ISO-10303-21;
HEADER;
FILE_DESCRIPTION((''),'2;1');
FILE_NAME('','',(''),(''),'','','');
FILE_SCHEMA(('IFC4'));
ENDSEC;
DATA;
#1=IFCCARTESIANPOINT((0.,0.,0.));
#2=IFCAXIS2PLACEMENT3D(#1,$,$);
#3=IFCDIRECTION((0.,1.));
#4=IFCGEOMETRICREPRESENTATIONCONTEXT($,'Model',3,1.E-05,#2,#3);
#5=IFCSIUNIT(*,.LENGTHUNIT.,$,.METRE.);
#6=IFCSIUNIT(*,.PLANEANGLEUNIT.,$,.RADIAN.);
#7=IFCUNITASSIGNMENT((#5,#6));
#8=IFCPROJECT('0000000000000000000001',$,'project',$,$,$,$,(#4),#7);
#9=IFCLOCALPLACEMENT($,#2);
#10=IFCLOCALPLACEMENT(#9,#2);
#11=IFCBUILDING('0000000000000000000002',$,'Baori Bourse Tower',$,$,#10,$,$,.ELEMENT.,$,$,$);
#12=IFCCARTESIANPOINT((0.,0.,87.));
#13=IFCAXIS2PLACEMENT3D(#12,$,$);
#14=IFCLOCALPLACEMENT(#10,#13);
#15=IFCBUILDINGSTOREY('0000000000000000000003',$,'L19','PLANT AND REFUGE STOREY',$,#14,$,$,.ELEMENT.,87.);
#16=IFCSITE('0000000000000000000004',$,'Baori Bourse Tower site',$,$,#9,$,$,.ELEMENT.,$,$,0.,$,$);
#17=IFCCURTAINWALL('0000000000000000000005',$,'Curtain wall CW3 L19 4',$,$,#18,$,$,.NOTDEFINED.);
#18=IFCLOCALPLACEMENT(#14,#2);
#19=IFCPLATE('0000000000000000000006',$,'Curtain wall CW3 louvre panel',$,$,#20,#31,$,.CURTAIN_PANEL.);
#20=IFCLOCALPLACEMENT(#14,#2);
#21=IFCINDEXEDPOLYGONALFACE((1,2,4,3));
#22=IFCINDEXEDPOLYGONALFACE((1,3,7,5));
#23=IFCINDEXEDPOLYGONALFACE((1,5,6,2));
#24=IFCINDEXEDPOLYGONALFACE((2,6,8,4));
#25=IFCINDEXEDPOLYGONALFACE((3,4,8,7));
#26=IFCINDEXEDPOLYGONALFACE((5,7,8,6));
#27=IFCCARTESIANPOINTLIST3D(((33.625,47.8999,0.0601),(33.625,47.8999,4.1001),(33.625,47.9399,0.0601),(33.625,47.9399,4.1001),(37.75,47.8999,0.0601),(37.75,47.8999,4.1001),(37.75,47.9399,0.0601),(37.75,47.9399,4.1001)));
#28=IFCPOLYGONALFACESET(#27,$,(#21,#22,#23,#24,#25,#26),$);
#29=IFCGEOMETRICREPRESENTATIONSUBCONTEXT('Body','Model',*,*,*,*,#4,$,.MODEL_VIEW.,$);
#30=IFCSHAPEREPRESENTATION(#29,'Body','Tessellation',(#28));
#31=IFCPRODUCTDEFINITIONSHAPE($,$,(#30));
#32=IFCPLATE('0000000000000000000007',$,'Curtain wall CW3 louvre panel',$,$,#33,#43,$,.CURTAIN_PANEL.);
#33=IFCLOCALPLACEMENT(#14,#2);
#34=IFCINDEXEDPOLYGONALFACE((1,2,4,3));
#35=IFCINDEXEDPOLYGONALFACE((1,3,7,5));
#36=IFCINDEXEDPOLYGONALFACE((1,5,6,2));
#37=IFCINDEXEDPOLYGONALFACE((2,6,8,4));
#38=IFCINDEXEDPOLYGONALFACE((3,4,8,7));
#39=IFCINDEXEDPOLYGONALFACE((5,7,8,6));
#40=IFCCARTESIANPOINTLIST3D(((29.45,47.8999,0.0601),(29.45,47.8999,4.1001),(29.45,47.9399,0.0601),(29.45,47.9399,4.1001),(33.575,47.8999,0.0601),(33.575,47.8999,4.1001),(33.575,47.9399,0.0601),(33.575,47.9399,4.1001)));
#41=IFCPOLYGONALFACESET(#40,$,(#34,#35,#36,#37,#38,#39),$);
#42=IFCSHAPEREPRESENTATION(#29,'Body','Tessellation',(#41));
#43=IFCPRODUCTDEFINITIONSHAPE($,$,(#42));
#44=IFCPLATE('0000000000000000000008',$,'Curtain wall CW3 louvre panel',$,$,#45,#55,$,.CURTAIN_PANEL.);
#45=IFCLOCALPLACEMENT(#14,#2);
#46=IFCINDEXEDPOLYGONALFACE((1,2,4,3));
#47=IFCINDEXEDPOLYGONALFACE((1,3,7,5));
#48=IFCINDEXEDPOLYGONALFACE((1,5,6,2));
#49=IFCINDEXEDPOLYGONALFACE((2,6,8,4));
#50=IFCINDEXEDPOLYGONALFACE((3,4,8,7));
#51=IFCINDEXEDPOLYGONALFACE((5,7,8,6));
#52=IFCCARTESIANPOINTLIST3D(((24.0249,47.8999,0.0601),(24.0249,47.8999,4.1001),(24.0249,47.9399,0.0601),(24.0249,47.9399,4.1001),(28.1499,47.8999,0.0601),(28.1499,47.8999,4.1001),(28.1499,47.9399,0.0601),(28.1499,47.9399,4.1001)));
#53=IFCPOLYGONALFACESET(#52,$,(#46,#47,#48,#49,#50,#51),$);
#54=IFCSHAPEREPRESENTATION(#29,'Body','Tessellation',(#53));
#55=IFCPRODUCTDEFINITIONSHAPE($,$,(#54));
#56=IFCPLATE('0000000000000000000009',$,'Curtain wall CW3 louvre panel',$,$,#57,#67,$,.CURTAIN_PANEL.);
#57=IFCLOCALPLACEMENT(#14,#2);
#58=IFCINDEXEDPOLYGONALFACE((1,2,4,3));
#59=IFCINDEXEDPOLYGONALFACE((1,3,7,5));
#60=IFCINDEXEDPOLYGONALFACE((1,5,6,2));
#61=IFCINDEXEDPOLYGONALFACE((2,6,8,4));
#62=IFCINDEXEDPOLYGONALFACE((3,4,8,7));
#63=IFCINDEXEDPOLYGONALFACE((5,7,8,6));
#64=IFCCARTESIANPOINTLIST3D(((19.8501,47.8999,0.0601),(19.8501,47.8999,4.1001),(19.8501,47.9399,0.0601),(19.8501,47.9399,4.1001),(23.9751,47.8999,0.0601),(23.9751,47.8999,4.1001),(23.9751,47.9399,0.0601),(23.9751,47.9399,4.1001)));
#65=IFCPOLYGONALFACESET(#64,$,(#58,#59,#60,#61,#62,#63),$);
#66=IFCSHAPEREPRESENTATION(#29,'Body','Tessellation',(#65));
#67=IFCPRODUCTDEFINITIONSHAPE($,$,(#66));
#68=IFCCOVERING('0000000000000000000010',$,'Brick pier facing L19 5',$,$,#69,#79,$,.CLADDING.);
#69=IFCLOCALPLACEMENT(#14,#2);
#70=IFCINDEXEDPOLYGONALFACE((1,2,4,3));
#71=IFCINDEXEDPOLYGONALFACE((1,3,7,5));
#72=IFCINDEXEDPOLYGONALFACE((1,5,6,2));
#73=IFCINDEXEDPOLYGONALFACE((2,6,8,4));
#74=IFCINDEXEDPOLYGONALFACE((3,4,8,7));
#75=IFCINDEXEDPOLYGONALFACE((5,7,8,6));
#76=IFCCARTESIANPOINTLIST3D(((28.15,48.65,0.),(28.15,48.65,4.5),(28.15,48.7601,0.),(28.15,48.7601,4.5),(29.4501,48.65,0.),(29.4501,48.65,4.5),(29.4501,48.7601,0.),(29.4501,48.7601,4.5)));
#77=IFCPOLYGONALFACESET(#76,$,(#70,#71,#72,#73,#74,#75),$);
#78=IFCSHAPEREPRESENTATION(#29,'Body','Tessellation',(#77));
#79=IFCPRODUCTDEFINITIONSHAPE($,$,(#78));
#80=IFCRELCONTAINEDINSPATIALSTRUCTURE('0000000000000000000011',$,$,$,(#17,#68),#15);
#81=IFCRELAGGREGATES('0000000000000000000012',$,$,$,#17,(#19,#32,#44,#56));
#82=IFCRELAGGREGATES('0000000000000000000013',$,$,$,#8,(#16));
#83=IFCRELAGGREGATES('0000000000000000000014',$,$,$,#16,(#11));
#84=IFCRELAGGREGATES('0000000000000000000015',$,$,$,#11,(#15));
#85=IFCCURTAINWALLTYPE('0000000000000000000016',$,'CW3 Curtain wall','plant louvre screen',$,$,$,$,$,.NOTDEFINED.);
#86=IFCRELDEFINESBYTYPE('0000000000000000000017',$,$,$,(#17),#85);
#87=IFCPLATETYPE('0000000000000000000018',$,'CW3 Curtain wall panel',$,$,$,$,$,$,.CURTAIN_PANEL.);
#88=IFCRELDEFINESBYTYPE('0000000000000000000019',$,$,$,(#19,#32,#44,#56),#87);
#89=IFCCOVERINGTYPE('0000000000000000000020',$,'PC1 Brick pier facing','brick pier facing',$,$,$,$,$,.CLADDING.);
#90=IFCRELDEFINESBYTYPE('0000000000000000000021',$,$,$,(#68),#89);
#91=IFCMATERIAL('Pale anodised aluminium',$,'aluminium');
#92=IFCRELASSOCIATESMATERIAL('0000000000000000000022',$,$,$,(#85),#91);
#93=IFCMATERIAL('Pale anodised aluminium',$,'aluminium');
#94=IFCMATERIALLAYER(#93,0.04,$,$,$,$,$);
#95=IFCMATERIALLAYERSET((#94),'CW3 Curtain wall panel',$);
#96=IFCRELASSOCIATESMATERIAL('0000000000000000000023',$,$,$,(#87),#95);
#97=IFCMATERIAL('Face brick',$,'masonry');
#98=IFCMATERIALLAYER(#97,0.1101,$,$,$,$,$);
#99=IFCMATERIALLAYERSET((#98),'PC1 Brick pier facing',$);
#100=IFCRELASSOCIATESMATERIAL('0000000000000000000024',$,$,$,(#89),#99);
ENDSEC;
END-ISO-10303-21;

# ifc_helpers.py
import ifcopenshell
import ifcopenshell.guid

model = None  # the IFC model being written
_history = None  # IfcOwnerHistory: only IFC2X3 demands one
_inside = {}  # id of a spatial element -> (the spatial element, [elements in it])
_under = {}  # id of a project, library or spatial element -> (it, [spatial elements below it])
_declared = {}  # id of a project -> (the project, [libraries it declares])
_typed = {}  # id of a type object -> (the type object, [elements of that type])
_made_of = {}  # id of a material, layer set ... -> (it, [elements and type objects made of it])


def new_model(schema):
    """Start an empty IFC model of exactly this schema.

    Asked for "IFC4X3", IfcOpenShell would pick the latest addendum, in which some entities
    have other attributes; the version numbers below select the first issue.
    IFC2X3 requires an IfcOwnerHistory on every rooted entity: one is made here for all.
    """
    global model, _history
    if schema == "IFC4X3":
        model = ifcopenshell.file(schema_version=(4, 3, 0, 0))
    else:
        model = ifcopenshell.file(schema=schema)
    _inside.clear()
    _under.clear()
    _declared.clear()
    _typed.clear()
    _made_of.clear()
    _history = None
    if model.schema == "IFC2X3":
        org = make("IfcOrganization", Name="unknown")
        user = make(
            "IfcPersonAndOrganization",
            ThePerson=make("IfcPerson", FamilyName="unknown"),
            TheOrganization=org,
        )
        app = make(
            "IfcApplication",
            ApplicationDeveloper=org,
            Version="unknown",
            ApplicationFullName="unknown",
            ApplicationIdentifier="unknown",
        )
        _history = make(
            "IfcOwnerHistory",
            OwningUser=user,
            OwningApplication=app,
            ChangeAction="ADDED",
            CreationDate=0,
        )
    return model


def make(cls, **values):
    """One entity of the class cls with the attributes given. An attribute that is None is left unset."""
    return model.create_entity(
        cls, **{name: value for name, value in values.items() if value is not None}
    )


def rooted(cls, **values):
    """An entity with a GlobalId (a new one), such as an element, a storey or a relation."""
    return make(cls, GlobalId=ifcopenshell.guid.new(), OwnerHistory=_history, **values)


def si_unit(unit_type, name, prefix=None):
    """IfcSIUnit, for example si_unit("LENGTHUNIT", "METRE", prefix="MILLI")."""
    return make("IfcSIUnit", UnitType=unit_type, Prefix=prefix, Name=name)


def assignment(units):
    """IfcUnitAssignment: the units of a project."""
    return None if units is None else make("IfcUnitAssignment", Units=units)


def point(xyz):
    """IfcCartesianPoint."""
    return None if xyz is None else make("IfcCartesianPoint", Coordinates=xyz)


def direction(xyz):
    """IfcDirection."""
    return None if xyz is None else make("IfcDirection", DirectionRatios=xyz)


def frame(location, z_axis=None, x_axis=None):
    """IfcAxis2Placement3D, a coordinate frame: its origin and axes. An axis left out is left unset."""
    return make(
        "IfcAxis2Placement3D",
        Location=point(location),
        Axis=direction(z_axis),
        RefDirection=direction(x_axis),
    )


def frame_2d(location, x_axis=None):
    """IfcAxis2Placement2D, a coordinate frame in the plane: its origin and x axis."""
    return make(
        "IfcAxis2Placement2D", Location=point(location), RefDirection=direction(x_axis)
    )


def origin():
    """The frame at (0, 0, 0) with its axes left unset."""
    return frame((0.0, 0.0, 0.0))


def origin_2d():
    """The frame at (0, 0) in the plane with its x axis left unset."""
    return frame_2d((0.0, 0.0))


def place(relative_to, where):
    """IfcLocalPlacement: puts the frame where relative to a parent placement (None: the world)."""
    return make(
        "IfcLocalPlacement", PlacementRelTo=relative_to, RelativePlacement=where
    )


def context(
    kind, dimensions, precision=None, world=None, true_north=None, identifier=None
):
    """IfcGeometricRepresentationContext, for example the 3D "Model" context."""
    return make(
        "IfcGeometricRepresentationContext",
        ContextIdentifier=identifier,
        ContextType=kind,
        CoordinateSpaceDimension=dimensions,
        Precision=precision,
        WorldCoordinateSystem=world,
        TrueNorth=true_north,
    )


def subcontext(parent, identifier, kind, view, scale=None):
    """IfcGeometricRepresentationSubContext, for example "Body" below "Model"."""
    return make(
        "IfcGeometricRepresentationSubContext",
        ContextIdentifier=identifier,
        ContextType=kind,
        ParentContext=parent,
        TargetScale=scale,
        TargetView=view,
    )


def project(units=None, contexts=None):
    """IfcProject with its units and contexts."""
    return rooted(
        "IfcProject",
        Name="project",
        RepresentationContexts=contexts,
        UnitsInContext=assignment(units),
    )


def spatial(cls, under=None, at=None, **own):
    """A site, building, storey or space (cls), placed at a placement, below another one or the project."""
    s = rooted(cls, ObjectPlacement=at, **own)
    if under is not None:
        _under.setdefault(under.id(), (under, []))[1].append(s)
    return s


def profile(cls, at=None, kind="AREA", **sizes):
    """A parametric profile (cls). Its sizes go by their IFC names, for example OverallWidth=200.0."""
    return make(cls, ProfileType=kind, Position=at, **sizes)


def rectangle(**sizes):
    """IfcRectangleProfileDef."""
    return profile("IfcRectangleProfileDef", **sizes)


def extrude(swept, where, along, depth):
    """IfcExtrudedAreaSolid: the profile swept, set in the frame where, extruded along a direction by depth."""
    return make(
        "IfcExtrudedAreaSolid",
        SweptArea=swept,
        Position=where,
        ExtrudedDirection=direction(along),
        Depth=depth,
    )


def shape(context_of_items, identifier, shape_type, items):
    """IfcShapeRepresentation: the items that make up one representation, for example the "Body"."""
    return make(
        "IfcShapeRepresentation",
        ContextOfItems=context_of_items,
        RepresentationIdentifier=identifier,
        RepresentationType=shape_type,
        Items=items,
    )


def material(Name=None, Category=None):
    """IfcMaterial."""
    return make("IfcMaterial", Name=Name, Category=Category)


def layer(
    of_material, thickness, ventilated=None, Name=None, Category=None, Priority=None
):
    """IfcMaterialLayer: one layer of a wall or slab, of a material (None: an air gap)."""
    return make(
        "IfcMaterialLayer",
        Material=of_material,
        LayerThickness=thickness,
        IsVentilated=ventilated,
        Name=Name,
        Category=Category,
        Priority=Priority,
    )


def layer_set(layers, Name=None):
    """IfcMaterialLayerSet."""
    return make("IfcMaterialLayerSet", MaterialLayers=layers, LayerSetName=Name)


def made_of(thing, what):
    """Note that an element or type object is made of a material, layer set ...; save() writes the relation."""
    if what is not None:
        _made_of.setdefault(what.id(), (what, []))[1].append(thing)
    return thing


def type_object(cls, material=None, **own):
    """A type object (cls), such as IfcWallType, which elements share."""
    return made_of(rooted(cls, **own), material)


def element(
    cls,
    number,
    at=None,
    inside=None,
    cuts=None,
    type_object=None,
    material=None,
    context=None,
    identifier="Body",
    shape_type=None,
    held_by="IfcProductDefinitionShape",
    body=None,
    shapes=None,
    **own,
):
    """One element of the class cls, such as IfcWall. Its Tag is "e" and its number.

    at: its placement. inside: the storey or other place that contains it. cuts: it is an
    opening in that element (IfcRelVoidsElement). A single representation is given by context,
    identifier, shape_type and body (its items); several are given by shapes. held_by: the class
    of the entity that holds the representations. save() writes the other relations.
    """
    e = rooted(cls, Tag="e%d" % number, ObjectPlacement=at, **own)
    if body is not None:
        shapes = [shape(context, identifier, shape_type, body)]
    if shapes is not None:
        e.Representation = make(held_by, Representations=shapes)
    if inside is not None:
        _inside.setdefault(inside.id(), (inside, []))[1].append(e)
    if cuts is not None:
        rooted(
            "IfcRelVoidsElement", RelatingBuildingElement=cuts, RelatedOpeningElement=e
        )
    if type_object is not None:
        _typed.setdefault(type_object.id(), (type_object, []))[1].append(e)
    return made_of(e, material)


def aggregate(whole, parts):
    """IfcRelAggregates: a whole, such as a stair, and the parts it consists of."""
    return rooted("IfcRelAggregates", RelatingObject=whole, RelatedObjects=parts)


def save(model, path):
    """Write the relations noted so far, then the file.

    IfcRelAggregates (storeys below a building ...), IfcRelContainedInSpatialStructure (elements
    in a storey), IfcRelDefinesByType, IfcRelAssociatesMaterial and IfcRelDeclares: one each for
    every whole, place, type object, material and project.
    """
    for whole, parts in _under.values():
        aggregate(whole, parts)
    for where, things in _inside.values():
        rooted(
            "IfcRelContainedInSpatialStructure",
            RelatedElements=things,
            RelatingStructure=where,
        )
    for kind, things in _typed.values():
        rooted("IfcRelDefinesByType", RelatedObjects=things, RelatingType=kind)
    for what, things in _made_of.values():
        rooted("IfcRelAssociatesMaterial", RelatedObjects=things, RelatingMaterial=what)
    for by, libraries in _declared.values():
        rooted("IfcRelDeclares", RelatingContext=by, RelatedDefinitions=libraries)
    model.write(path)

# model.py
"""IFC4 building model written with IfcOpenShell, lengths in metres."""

from ifc_helpers import new_model, si_unit, direction, frame, origin, origin_2d, place, context, subcontext, project, spatial, rectangle, extrude, material, layer, layer_set, type_object, element, aggregate, save


model = new_model("IFC4")

# Units and contexts
model_context = context("Model", 3, precision=1e-05, world=origin(), true_north=direction((0.0, 1.0)))
body_context = subcontext(model_context, "Body", "Model", "MODEL_VIEW")
ifc_project = project(units=[si_unit("LENGTHUNIT", "METRE"), si_unit("PLANEANGLEUNIT", "RADIAN")], contexts=[model_context])

# Site, building, storey
site_placement = place(None, origin())
site = spatial("IfcSite", under=ifc_project, at=site_placement, Name="Baori Bourse Tower site", CompositionType="ELEMENT", RefElevation=0.0)
building_placement = place(site_placement, origin())
building = spatial("IfcBuilding", under=site, at=building_placement, Name="Baori Bourse Tower", CompositionType="ELEMENT")
storey_placement = place(building_placement, frame((0.0, 0.0, 87.0)))
storey = spatial("IfcBuildingStorey", under=building, at=storey_placement, Name="L19", Description="PLANT AND REFUGE STOREY", CompositionType="ELEMENT", Elevation=87.0)

# Curtain wall, plates
ifc_material_1 = material(Name="Pale anodised aluminium", Category="aluminium")
curtain_wall_type = type_object("IfcCurtainWallType", Name="CW3 Curtain wall", Description="plant louvre screen", PredefinedType="NOTDEFINED", material=ifc_material_1)
curtain_wall_placement = place(storey_placement, origin())
curtain_wall = element("IfcCurtainWall", 1, at=curtain_wall_placement, inside=storey, type_object=curtain_wall_type, Name="Curtain wall CW3 L19 4", PredefinedType="NOTDEFINED")
ifc_material_2 = material(Name="Pale anodised aluminium", Category="aluminium")
ifc_layer_1 = layer(ifc_material_2, 0.04)
ifc_layer_set_1 = layer_set([ifc_layer_1], Name="CW3 Curtain wall panel")
plate_type = type_object("IfcPlateType", Name="CW3 Curtain wall panel", PredefinedType="CURTAIN_PANEL", material=ifc_layer_set_1)
plate_1_placement = place(storey_placement, frame((35.6875, 47.9199, 0.0601), z_axis=(0.0, 0.0, 1.0), x_axis=(-1.0, 0.0, 0.0)))
plate_1 = element("IfcPlate", 2, at=plate_1_placement, type_object=plate_type, Name="Curtain wall CW3 louvre panel", PredefinedType="CURTAIN_PANEL", context=body_context, shape_type="SweptSolid", body=[
    extrude(rectangle(XDim=4.125, YDim=0.04, at=origin_2d()), origin(), (0.0, 0.0, 1.0), 4.04),
])
plate_2_placement = place(storey_placement, frame((31.5125, 47.9199, 0.0601), z_axis=(0.0, 0.0, 1.0), x_axis=(-1.0, 0.0, 0.0)))
plate_2 = element("IfcPlate", 3, at=plate_2_placement, type_object=plate_type, Name="Curtain wall CW3 louvre panel", PredefinedType="CURTAIN_PANEL", context=body_context, shape_type="SweptSolid", body=[
    extrude(rectangle(XDim=4.125, YDim=0.04, at=origin_2d()), origin(), (0.0, 0.0, 1.0), 4.04),
])
plate_3_placement = place(storey_placement, frame((26.0874, 47.9199, 0.0601), z_axis=(0.0, 0.0, 1.0), x_axis=(-1.0, 0.0, 0.0)))
plate_3 = element("IfcPlate", 4, at=plate_3_placement, type_object=plate_type, Name="Curtain wall CW3 louvre panel", PredefinedType="CURTAIN_PANEL", context=body_context, shape_type="SweptSolid", body=[
    extrude(rectangle(XDim=4.125, YDim=0.04, at=origin_2d()), origin(), (0.0, 0.0, 1.0), 4.04),
])
plate_4_placement = place(storey_placement, frame((21.9126, 47.9199, 0.0601), z_axis=(0.0, 0.0, 1.0), x_axis=(-1.0, 0.0, 0.0)))
plate_4 = element("IfcPlate", 5, at=plate_4_placement, type_object=plate_type, Name="Curtain wall CW3 louvre panel", PredefinedType="CURTAIN_PANEL", context=body_context, shape_type="SweptSolid", body=[
    extrude(rectangle(XDim=4.125, YDim=0.04, at=origin_2d()), origin(), (0.0, 0.0, 1.0), 4.04),
])
aggregate(curtain_wall, [plate_1, plate_2, plate_3, plate_4])

# Covering
ifc_material_3 = material(Name="Face brick", Category="masonry")
ifc_layer_2 = layer(ifc_material_3, 0.1101)
ifc_layer_set_2 = layer_set([ifc_layer_2], Name="PC1 Brick pier facing")
covering_type = type_object("IfcCoveringType", Name="PC1 Brick pier facing", Description="brick pier facing", PredefinedType="CLADDING", material=ifc_layer_set_2)
covering_placement = place(storey_placement, frame((28.8, 48.7051, 0.0), z_axis=(0.0, 0.0, 1.0), x_axis=(1.0, 0.0, 0.0)))
element("IfcCovering", 6, at=covering_placement, inside=storey, type_object=covering_type, Name="Brick pier facing L19 5", PredefinedType="CLADDING", context=body_context, shape_type="SweptSolid", body=[
    extrude(rectangle(XDim=1.3, YDim=0.1101, at=origin_2d()), origin(), (0.0, 0.0, 1.0), 4.5),
])

save(model, "model.ifc")
